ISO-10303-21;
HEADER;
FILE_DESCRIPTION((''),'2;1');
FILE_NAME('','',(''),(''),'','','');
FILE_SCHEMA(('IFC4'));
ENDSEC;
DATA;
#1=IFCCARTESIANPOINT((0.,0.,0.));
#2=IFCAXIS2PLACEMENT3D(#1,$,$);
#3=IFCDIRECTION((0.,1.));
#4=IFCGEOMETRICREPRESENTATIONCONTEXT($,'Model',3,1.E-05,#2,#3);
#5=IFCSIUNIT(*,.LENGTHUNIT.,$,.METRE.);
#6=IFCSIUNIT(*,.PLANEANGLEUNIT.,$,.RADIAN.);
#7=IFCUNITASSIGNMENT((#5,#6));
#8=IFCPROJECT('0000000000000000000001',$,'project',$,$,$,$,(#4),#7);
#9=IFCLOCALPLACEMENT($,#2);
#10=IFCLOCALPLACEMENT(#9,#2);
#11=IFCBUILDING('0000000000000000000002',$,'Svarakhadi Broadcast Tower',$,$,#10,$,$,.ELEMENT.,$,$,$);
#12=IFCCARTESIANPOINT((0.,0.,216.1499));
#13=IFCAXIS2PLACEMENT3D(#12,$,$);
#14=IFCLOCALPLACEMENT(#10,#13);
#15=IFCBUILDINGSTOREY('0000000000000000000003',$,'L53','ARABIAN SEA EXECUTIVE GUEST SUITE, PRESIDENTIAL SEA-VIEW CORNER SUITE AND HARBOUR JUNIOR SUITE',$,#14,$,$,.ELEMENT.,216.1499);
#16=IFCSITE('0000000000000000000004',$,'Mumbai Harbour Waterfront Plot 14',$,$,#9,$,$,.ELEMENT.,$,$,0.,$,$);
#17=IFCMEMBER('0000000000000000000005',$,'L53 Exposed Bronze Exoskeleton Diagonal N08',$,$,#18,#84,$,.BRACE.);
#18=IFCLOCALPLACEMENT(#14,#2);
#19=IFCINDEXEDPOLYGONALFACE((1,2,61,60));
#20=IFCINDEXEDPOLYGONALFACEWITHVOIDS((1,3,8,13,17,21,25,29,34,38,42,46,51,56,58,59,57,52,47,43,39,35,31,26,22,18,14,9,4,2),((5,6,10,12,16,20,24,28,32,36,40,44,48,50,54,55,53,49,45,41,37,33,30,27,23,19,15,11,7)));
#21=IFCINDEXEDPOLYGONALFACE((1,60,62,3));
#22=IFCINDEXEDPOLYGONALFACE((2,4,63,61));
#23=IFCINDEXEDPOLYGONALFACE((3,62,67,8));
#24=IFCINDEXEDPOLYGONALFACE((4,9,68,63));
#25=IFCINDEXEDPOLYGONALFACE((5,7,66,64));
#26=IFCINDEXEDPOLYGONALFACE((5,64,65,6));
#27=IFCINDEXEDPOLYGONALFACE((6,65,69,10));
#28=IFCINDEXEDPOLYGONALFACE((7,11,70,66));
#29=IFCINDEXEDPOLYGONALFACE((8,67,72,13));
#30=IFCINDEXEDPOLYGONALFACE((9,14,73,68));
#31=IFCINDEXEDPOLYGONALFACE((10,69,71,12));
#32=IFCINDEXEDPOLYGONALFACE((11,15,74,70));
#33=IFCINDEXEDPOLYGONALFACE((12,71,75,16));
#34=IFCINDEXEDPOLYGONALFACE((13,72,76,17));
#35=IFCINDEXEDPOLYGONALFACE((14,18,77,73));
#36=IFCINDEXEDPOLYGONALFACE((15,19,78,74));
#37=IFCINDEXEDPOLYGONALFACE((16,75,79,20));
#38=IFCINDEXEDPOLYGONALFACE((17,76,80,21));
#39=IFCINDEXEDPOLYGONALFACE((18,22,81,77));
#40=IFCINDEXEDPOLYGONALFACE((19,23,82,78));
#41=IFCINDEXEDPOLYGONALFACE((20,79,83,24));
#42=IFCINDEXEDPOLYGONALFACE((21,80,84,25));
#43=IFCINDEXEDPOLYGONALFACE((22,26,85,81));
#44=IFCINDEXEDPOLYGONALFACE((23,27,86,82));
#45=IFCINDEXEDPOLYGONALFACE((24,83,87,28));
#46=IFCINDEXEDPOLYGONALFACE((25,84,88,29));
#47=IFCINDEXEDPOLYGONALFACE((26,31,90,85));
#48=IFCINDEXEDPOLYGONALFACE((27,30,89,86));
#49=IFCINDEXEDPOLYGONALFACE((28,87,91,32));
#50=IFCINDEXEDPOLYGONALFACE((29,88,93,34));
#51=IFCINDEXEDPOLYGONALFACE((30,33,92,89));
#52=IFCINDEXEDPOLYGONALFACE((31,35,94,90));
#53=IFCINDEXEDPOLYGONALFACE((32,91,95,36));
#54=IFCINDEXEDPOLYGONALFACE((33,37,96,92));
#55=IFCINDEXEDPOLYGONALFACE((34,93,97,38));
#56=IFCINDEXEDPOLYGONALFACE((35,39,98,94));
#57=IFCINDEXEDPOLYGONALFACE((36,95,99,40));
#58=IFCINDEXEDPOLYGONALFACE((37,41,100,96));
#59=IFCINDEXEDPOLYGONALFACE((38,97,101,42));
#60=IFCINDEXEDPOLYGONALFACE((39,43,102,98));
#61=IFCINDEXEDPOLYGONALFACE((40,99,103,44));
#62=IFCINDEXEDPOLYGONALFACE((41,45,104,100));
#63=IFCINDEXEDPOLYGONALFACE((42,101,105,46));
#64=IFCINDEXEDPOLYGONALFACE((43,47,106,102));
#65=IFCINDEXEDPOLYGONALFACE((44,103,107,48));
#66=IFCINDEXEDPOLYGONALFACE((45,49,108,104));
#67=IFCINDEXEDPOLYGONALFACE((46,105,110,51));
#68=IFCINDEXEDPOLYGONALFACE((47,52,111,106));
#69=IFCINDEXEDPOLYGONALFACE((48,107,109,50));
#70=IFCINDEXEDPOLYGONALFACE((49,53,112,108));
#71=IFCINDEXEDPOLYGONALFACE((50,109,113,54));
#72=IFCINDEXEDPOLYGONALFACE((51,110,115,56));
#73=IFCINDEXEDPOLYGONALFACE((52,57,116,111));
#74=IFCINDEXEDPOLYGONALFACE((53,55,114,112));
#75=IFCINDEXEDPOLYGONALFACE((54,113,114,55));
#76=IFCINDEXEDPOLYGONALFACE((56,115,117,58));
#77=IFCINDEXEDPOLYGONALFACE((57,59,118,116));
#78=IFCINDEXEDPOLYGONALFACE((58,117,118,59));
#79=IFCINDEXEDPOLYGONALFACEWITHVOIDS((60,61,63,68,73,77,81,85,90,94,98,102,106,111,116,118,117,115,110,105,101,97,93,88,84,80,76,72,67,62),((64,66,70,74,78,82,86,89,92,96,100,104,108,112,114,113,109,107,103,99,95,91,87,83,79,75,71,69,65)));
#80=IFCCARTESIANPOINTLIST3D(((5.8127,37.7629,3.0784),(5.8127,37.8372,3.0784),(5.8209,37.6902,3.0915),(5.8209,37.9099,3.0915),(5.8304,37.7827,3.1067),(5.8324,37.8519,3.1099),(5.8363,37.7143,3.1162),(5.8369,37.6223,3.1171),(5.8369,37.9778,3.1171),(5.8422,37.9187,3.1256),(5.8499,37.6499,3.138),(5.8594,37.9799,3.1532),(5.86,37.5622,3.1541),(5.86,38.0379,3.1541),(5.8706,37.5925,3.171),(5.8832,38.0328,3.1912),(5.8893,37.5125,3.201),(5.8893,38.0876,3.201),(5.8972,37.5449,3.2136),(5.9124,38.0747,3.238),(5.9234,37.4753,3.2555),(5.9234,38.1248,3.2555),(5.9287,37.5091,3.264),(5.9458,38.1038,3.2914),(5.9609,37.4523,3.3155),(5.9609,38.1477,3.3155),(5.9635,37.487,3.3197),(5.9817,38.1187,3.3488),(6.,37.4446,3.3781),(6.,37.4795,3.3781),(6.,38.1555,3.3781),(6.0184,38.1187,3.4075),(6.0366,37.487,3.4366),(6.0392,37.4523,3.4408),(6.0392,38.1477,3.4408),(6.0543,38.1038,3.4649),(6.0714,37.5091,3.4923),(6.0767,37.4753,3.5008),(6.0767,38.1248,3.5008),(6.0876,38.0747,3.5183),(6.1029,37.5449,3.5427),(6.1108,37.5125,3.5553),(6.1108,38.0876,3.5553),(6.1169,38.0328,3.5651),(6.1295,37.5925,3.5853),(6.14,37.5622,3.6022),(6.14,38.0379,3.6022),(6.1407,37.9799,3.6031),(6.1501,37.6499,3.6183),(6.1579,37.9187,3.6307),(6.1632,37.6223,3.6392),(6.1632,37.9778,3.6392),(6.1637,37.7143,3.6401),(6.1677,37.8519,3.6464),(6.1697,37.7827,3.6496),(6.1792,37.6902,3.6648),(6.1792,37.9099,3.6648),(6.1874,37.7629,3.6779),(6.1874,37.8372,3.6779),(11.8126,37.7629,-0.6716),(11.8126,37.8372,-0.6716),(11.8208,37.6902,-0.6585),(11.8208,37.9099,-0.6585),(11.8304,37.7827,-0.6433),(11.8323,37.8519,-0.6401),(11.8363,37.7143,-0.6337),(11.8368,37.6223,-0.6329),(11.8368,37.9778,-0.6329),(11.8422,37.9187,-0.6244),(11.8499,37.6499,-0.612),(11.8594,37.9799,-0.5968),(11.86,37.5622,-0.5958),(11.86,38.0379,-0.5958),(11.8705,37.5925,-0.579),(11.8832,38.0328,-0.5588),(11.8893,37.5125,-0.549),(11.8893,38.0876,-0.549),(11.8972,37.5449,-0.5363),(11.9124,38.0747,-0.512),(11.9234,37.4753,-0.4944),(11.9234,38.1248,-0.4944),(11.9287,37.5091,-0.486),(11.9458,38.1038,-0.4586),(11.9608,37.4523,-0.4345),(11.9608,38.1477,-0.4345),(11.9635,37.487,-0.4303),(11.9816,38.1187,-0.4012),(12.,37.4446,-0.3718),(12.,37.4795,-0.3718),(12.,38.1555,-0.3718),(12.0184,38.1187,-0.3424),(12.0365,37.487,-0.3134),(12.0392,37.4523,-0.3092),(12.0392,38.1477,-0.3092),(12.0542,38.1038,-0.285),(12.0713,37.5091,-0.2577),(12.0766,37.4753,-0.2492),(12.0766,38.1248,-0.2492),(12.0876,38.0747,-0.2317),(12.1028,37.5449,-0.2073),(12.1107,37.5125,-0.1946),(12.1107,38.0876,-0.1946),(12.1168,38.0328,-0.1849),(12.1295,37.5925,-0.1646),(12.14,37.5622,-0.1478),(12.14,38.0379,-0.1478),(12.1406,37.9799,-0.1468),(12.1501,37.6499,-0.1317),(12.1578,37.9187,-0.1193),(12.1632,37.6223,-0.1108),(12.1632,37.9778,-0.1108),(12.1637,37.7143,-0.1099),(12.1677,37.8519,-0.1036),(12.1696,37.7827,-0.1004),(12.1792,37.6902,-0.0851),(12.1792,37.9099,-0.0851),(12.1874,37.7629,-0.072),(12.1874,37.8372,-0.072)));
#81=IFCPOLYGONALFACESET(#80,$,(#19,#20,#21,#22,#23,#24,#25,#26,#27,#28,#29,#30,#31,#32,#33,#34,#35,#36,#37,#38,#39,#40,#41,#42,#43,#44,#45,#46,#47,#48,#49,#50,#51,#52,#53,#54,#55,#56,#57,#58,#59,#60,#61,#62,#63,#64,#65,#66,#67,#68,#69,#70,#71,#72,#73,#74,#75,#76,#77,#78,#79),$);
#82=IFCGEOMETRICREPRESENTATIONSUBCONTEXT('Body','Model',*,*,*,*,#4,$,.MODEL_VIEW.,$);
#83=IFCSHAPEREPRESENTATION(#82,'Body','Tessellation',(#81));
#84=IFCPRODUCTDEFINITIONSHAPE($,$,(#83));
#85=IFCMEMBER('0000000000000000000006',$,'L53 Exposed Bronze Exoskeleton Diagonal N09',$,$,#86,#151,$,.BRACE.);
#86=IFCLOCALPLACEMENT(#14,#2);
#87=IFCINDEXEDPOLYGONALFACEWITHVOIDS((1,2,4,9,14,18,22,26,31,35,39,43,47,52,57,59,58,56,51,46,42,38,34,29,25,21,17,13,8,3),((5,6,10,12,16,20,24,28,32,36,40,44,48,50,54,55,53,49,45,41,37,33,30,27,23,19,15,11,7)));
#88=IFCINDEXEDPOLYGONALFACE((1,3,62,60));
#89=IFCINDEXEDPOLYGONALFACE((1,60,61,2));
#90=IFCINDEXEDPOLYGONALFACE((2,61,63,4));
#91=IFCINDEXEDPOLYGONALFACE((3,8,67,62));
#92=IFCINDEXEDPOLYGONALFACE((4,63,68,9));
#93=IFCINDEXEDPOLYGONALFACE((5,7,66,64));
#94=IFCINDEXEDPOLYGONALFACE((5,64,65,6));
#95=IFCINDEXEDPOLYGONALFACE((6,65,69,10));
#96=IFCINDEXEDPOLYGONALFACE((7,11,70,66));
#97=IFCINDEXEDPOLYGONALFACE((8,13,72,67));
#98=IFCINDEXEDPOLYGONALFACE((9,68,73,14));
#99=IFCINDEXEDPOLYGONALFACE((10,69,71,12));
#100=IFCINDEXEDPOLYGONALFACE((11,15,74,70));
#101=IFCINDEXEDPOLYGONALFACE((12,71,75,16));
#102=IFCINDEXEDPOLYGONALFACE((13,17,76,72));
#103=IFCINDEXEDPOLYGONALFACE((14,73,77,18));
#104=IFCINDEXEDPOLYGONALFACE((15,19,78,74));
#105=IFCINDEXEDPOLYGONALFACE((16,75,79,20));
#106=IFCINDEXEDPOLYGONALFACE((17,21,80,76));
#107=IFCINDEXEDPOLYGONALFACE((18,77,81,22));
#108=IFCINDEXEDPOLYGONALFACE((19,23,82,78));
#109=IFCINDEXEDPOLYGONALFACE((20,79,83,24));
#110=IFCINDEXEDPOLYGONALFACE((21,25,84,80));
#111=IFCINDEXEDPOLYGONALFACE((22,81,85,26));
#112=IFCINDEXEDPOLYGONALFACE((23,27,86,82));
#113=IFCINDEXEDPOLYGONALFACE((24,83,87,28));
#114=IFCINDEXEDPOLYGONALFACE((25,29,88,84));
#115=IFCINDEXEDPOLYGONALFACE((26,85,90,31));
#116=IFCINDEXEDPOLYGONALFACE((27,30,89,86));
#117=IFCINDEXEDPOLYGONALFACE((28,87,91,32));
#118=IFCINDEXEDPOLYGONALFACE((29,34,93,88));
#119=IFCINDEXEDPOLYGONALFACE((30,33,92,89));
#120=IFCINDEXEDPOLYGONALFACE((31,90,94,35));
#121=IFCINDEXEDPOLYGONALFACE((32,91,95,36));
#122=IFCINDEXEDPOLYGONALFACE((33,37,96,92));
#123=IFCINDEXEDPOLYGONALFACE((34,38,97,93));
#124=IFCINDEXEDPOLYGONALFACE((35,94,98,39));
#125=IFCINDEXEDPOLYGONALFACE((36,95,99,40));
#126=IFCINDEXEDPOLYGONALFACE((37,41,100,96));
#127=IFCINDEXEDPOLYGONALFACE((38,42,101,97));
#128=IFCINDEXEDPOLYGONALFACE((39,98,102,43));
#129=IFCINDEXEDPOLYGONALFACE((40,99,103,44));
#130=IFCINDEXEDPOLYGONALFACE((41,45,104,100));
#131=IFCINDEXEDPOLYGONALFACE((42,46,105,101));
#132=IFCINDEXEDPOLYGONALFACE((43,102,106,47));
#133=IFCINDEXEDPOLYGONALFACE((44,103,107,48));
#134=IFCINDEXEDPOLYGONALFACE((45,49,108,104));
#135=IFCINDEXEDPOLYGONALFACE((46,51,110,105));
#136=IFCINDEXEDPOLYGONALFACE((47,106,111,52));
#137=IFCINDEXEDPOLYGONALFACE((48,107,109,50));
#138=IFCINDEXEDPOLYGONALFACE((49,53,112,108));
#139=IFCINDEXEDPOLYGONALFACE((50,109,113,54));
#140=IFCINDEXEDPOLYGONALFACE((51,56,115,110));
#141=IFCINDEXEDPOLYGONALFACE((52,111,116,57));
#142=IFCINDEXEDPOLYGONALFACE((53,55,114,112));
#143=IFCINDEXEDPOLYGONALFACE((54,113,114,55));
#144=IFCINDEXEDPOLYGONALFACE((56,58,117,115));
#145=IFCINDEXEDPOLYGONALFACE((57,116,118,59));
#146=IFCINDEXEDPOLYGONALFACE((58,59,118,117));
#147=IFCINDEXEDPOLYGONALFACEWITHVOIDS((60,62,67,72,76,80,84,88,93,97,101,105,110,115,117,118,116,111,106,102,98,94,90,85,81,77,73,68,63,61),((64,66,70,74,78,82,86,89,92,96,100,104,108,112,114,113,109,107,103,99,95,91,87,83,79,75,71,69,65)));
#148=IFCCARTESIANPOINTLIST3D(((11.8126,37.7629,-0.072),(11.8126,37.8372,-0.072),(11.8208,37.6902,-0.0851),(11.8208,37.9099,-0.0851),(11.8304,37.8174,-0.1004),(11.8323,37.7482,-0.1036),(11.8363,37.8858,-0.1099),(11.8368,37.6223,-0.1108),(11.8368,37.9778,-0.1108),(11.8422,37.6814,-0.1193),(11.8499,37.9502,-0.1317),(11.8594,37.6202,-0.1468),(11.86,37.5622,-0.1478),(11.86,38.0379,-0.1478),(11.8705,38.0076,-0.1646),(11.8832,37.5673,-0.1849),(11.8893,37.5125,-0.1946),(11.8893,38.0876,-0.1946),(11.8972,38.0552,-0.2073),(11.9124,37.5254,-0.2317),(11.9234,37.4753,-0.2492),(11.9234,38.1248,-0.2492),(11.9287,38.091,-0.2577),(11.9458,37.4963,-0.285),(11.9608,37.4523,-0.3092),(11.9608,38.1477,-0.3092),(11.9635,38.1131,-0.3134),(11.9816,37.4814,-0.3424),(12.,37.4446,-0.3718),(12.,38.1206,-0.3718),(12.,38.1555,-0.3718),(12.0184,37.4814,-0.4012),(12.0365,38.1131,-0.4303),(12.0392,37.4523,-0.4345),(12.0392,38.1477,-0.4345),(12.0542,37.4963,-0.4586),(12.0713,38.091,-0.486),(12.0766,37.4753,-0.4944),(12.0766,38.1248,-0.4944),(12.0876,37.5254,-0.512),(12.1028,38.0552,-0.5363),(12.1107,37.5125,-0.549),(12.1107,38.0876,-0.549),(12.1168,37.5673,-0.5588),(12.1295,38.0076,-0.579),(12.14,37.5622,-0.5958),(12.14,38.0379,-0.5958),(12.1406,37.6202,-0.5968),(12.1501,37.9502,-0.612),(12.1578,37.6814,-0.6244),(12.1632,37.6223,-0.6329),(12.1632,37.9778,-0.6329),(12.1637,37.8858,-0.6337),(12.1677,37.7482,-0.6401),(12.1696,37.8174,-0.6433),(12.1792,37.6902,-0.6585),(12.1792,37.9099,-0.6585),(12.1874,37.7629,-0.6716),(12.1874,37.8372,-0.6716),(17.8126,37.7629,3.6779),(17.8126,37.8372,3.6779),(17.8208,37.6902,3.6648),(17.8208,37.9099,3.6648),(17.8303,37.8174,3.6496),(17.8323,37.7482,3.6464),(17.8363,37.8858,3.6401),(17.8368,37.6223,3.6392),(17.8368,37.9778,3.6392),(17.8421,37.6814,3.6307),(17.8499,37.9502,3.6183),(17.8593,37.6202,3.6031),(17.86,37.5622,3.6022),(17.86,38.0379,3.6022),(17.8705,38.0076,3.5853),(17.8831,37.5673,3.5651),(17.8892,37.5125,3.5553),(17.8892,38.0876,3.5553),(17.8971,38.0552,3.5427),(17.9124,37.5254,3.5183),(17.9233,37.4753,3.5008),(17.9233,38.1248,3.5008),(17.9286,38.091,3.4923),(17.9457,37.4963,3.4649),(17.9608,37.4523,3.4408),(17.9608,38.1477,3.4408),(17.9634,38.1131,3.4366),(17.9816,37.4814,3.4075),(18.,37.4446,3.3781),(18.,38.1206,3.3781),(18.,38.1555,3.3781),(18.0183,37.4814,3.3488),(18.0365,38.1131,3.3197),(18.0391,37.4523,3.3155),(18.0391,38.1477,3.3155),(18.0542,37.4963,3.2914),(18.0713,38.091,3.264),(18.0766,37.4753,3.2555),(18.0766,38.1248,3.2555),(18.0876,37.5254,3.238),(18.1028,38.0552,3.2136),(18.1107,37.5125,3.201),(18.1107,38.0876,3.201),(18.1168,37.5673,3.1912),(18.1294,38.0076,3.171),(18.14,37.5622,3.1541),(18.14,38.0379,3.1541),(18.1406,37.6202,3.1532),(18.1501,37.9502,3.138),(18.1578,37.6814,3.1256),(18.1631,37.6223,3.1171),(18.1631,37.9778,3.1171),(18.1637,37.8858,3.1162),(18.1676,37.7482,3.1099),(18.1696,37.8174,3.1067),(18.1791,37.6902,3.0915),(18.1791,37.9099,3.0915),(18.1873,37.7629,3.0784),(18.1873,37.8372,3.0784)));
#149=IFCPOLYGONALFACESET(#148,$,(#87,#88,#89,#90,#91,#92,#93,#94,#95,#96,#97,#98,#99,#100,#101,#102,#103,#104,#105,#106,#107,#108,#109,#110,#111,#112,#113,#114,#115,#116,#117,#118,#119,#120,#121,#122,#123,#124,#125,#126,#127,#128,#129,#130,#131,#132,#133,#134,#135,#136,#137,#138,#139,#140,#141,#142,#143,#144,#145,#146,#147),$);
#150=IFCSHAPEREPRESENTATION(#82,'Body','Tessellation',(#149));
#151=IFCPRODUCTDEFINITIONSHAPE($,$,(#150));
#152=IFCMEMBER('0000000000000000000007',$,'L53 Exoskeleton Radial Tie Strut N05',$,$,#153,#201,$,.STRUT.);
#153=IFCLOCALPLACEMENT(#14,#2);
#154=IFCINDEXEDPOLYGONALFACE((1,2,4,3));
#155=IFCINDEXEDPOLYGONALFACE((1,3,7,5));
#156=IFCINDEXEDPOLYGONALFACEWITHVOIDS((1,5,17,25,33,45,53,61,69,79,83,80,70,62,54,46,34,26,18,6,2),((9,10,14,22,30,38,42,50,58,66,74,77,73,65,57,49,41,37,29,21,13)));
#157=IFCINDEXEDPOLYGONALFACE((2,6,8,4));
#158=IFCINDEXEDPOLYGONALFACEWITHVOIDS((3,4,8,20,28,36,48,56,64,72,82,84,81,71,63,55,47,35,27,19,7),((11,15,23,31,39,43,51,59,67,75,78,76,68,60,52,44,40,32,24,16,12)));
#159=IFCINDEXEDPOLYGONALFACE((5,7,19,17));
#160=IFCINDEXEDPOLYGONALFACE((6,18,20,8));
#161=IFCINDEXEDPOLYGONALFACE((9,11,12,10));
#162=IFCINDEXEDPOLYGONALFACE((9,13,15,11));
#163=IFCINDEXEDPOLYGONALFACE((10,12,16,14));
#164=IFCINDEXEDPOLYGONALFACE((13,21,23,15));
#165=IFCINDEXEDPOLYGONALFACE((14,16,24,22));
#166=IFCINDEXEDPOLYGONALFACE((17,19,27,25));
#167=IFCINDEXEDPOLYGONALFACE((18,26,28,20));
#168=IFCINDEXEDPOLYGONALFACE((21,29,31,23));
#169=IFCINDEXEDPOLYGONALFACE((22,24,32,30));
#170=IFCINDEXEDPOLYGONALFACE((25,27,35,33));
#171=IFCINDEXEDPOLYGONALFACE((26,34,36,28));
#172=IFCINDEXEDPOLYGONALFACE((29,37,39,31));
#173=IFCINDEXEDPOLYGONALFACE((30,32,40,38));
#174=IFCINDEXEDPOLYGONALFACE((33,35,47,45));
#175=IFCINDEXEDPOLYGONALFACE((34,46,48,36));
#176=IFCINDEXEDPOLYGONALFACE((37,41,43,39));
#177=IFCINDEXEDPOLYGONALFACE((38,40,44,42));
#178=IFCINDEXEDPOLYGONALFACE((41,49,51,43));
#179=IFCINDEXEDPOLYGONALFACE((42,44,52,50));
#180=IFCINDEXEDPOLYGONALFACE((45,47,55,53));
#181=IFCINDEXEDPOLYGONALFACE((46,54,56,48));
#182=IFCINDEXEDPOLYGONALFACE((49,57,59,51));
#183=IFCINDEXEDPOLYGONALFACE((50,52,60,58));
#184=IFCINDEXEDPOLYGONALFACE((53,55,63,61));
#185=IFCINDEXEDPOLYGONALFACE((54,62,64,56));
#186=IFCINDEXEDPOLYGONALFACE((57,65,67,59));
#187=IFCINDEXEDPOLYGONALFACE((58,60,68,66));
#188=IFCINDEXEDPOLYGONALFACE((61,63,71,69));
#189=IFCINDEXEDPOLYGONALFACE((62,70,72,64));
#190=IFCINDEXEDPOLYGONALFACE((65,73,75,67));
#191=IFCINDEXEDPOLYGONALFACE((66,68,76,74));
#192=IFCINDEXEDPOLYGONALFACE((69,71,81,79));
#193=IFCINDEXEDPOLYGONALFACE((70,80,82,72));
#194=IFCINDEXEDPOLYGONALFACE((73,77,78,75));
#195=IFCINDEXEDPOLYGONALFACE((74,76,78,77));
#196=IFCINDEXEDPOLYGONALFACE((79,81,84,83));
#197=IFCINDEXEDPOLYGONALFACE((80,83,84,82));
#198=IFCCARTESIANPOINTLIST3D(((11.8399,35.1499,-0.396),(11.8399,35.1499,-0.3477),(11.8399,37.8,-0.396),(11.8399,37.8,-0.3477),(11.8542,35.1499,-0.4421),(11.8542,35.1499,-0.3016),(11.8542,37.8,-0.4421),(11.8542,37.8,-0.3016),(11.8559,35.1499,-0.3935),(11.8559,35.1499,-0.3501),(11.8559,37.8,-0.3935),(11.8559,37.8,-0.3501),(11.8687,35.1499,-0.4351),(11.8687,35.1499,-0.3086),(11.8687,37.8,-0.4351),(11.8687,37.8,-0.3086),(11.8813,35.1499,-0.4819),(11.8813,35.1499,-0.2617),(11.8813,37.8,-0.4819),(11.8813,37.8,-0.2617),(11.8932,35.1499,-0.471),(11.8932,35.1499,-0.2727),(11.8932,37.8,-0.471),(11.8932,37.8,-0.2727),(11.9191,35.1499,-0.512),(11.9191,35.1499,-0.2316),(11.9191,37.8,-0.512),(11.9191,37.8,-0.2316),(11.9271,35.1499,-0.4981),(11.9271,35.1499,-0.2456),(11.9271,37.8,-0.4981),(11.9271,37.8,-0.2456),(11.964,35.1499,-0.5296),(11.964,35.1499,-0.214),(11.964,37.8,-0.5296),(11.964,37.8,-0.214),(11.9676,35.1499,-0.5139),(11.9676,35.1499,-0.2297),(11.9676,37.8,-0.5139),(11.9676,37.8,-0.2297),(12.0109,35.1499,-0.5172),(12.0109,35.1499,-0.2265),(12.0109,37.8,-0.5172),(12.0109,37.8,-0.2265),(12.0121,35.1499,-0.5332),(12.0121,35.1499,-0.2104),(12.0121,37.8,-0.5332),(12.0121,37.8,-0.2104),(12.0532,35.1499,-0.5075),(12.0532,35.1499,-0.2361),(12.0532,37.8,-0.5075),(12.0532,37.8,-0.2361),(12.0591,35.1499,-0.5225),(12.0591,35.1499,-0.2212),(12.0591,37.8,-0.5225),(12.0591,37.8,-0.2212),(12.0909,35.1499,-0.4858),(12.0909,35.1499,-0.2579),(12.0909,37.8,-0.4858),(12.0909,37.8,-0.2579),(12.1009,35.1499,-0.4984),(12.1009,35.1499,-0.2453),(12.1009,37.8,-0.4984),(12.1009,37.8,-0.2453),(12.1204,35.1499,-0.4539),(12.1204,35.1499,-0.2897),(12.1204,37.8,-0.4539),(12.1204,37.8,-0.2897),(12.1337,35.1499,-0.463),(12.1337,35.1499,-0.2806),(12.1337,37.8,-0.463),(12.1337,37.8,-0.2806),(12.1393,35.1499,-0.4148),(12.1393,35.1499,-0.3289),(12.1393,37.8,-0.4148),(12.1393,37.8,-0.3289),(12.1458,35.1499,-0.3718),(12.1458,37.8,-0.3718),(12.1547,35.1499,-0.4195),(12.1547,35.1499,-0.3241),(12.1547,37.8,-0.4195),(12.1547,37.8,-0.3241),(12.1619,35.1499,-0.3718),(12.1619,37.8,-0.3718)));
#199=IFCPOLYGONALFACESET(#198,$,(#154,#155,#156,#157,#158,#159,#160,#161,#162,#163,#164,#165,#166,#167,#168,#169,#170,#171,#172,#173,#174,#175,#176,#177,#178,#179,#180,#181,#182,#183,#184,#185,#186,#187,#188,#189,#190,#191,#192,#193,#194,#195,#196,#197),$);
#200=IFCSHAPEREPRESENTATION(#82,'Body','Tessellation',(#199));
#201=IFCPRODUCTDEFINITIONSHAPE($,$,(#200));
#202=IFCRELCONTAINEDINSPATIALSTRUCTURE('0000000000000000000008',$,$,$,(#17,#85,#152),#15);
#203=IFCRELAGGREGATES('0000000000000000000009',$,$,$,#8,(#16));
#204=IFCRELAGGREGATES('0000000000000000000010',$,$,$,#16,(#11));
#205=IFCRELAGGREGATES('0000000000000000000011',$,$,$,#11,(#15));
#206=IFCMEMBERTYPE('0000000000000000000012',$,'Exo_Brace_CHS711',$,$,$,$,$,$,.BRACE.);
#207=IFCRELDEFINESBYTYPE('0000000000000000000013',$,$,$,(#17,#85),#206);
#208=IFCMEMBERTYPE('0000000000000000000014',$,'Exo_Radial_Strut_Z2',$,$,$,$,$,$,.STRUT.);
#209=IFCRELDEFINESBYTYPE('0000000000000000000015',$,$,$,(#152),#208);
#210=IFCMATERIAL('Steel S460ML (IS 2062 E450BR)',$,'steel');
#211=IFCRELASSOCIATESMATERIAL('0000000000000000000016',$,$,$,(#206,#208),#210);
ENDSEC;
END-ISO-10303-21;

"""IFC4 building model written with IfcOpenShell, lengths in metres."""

from ifc_helpers import new_model, si_unit, direction, frame, origin, origin_2d, place, context, subcontext, project, spatial, hollow_circle, extrude, material, material_profile, profile_set, type_object, element, save


model = new_model("IFC4")

# Units and contexts
model_context = context("Model", 3, precision=1e-05, world=origin(), true_north=direction((0.0, 1.0)))
body_context = subcontext(model_context, "Body", "Model", "MODEL_VIEW")
ifc_project = project(units=[si_unit("LENGTHUNIT", "METRE"), si_unit("PLANEANGLEUNIT", "RADIAN")], contexts=[model_context])

# Site, building, storey
site_placement = place(None, origin())
site = spatial("IfcSite", under=ifc_project, at=site_placement, Name="Mumbai Harbour Waterfront Plot 14", CompositionType="ELEMENT", RefElevation=0.0)
building_placement = place(site_placement, origin())
building = spatial("IfcBuilding", under=site, at=building_placement, Name="Svarakhadi Broadcast Tower", CompositionType="ELEMENT")
storey_placement = place(building_placement, frame((0.0, 0.0, 216.1499)))
storey = spatial("IfcBuildingStorey", under=building, at=storey_placement, Name="L53", Description="ARABIAN SEA EXECUTIVE GUEST SUITE, PRESIDENTIAL SEA-VIEW CORNER SUITE AND HARBOUR JUNIOR SUITE", CompositionType="ELEMENT", Elevation=216.1499)

# Shared definitions
ifc_material_1 = material(Name="Steel S460ML (IS 2062 E450BR)", Category="steel")

# Members
ifc_material_profile_1 = material_profile(ifc_material_1, hollow_circle(Radius=0.3555, WallThickness=0.0349, at=origin_2d()), Name="CHS 711x35")
ifc_profile_set_1 = profile_set([ifc_material_profile_1], Name="Steel S460ML (IS 2062 E450BR)")
member_type_1 = type_object("IfcMemberType", Name="Exo_Brace_CHS711", PredefinedType="BRACE", material=ifc_profile_set_1)
for number, where, z_axis, x_axis, name in (
    (1, (12.0, 37.8, -0.3718), (-0.847998, 0.0, 0.529999), (0.0, -1.0, 0.0), "L53 Exposed Bronze Exoskeleton Diagonal N08"),
    (2, (12.0, 37.8, -0.3718), (0.847998, 0.0, 0.529999), (0.0, 1.0, 0.0), "L53 Exposed Bronze Exoskeleton Diagonal N09"),
):
    element("IfcMember", number, at=place(storey_placement, frame(where, z_axis=z_axis, x_axis=x_axis)), inside=storey, type_object=member_type_1, Name=name, PredefinedType="BRACE", context=body_context, shape_type="SweptSolid", body=[
        extrude(hollow_circle(Radius=0.3555, WallThickness=0.0349, at=origin_2d()), origin(), (0.0, 0.0, 1.0), 7.0754),
    ])
ifc_material_profile_2 = material_profile(ifc_material_1, hollow_circle(Radius=0.1619, WallThickness=0.0161, at=origin_2d()), Name="CHS 323.9x16")
ifc_profile_set_2 = profile_set([ifc_material_profile_2], Name="Steel S460ML (IS 2062 E450BR)")
member_type_2 = type_object("IfcMemberType", Name="Exo_Radial_Strut_Z2", PredefinedType="STRUT", material=ifc_profile_set_2)
member_1_placement = place(storey_placement, frame((12.0, 37.8, -0.3718), z_axis=(0.0, -1.0, 0.0), x_axis=(1.0, 0.0, 0.0)))
element("IfcMember", 3, at=member_1_placement, inside=storey, type_object=member_type_2, Name="L53 Exoskeleton Radial Tie Strut N05", PredefinedType="STRUT", context=body_context, shape_type="SweptSolid", body=[
    extrude(hollow_circle(Radius=0.1619, WallThickness=0.0161, at=origin_2d()), origin(), (0.0, 0.0, 1.0), 2.6501),
])

save(model, "model.ifc")
